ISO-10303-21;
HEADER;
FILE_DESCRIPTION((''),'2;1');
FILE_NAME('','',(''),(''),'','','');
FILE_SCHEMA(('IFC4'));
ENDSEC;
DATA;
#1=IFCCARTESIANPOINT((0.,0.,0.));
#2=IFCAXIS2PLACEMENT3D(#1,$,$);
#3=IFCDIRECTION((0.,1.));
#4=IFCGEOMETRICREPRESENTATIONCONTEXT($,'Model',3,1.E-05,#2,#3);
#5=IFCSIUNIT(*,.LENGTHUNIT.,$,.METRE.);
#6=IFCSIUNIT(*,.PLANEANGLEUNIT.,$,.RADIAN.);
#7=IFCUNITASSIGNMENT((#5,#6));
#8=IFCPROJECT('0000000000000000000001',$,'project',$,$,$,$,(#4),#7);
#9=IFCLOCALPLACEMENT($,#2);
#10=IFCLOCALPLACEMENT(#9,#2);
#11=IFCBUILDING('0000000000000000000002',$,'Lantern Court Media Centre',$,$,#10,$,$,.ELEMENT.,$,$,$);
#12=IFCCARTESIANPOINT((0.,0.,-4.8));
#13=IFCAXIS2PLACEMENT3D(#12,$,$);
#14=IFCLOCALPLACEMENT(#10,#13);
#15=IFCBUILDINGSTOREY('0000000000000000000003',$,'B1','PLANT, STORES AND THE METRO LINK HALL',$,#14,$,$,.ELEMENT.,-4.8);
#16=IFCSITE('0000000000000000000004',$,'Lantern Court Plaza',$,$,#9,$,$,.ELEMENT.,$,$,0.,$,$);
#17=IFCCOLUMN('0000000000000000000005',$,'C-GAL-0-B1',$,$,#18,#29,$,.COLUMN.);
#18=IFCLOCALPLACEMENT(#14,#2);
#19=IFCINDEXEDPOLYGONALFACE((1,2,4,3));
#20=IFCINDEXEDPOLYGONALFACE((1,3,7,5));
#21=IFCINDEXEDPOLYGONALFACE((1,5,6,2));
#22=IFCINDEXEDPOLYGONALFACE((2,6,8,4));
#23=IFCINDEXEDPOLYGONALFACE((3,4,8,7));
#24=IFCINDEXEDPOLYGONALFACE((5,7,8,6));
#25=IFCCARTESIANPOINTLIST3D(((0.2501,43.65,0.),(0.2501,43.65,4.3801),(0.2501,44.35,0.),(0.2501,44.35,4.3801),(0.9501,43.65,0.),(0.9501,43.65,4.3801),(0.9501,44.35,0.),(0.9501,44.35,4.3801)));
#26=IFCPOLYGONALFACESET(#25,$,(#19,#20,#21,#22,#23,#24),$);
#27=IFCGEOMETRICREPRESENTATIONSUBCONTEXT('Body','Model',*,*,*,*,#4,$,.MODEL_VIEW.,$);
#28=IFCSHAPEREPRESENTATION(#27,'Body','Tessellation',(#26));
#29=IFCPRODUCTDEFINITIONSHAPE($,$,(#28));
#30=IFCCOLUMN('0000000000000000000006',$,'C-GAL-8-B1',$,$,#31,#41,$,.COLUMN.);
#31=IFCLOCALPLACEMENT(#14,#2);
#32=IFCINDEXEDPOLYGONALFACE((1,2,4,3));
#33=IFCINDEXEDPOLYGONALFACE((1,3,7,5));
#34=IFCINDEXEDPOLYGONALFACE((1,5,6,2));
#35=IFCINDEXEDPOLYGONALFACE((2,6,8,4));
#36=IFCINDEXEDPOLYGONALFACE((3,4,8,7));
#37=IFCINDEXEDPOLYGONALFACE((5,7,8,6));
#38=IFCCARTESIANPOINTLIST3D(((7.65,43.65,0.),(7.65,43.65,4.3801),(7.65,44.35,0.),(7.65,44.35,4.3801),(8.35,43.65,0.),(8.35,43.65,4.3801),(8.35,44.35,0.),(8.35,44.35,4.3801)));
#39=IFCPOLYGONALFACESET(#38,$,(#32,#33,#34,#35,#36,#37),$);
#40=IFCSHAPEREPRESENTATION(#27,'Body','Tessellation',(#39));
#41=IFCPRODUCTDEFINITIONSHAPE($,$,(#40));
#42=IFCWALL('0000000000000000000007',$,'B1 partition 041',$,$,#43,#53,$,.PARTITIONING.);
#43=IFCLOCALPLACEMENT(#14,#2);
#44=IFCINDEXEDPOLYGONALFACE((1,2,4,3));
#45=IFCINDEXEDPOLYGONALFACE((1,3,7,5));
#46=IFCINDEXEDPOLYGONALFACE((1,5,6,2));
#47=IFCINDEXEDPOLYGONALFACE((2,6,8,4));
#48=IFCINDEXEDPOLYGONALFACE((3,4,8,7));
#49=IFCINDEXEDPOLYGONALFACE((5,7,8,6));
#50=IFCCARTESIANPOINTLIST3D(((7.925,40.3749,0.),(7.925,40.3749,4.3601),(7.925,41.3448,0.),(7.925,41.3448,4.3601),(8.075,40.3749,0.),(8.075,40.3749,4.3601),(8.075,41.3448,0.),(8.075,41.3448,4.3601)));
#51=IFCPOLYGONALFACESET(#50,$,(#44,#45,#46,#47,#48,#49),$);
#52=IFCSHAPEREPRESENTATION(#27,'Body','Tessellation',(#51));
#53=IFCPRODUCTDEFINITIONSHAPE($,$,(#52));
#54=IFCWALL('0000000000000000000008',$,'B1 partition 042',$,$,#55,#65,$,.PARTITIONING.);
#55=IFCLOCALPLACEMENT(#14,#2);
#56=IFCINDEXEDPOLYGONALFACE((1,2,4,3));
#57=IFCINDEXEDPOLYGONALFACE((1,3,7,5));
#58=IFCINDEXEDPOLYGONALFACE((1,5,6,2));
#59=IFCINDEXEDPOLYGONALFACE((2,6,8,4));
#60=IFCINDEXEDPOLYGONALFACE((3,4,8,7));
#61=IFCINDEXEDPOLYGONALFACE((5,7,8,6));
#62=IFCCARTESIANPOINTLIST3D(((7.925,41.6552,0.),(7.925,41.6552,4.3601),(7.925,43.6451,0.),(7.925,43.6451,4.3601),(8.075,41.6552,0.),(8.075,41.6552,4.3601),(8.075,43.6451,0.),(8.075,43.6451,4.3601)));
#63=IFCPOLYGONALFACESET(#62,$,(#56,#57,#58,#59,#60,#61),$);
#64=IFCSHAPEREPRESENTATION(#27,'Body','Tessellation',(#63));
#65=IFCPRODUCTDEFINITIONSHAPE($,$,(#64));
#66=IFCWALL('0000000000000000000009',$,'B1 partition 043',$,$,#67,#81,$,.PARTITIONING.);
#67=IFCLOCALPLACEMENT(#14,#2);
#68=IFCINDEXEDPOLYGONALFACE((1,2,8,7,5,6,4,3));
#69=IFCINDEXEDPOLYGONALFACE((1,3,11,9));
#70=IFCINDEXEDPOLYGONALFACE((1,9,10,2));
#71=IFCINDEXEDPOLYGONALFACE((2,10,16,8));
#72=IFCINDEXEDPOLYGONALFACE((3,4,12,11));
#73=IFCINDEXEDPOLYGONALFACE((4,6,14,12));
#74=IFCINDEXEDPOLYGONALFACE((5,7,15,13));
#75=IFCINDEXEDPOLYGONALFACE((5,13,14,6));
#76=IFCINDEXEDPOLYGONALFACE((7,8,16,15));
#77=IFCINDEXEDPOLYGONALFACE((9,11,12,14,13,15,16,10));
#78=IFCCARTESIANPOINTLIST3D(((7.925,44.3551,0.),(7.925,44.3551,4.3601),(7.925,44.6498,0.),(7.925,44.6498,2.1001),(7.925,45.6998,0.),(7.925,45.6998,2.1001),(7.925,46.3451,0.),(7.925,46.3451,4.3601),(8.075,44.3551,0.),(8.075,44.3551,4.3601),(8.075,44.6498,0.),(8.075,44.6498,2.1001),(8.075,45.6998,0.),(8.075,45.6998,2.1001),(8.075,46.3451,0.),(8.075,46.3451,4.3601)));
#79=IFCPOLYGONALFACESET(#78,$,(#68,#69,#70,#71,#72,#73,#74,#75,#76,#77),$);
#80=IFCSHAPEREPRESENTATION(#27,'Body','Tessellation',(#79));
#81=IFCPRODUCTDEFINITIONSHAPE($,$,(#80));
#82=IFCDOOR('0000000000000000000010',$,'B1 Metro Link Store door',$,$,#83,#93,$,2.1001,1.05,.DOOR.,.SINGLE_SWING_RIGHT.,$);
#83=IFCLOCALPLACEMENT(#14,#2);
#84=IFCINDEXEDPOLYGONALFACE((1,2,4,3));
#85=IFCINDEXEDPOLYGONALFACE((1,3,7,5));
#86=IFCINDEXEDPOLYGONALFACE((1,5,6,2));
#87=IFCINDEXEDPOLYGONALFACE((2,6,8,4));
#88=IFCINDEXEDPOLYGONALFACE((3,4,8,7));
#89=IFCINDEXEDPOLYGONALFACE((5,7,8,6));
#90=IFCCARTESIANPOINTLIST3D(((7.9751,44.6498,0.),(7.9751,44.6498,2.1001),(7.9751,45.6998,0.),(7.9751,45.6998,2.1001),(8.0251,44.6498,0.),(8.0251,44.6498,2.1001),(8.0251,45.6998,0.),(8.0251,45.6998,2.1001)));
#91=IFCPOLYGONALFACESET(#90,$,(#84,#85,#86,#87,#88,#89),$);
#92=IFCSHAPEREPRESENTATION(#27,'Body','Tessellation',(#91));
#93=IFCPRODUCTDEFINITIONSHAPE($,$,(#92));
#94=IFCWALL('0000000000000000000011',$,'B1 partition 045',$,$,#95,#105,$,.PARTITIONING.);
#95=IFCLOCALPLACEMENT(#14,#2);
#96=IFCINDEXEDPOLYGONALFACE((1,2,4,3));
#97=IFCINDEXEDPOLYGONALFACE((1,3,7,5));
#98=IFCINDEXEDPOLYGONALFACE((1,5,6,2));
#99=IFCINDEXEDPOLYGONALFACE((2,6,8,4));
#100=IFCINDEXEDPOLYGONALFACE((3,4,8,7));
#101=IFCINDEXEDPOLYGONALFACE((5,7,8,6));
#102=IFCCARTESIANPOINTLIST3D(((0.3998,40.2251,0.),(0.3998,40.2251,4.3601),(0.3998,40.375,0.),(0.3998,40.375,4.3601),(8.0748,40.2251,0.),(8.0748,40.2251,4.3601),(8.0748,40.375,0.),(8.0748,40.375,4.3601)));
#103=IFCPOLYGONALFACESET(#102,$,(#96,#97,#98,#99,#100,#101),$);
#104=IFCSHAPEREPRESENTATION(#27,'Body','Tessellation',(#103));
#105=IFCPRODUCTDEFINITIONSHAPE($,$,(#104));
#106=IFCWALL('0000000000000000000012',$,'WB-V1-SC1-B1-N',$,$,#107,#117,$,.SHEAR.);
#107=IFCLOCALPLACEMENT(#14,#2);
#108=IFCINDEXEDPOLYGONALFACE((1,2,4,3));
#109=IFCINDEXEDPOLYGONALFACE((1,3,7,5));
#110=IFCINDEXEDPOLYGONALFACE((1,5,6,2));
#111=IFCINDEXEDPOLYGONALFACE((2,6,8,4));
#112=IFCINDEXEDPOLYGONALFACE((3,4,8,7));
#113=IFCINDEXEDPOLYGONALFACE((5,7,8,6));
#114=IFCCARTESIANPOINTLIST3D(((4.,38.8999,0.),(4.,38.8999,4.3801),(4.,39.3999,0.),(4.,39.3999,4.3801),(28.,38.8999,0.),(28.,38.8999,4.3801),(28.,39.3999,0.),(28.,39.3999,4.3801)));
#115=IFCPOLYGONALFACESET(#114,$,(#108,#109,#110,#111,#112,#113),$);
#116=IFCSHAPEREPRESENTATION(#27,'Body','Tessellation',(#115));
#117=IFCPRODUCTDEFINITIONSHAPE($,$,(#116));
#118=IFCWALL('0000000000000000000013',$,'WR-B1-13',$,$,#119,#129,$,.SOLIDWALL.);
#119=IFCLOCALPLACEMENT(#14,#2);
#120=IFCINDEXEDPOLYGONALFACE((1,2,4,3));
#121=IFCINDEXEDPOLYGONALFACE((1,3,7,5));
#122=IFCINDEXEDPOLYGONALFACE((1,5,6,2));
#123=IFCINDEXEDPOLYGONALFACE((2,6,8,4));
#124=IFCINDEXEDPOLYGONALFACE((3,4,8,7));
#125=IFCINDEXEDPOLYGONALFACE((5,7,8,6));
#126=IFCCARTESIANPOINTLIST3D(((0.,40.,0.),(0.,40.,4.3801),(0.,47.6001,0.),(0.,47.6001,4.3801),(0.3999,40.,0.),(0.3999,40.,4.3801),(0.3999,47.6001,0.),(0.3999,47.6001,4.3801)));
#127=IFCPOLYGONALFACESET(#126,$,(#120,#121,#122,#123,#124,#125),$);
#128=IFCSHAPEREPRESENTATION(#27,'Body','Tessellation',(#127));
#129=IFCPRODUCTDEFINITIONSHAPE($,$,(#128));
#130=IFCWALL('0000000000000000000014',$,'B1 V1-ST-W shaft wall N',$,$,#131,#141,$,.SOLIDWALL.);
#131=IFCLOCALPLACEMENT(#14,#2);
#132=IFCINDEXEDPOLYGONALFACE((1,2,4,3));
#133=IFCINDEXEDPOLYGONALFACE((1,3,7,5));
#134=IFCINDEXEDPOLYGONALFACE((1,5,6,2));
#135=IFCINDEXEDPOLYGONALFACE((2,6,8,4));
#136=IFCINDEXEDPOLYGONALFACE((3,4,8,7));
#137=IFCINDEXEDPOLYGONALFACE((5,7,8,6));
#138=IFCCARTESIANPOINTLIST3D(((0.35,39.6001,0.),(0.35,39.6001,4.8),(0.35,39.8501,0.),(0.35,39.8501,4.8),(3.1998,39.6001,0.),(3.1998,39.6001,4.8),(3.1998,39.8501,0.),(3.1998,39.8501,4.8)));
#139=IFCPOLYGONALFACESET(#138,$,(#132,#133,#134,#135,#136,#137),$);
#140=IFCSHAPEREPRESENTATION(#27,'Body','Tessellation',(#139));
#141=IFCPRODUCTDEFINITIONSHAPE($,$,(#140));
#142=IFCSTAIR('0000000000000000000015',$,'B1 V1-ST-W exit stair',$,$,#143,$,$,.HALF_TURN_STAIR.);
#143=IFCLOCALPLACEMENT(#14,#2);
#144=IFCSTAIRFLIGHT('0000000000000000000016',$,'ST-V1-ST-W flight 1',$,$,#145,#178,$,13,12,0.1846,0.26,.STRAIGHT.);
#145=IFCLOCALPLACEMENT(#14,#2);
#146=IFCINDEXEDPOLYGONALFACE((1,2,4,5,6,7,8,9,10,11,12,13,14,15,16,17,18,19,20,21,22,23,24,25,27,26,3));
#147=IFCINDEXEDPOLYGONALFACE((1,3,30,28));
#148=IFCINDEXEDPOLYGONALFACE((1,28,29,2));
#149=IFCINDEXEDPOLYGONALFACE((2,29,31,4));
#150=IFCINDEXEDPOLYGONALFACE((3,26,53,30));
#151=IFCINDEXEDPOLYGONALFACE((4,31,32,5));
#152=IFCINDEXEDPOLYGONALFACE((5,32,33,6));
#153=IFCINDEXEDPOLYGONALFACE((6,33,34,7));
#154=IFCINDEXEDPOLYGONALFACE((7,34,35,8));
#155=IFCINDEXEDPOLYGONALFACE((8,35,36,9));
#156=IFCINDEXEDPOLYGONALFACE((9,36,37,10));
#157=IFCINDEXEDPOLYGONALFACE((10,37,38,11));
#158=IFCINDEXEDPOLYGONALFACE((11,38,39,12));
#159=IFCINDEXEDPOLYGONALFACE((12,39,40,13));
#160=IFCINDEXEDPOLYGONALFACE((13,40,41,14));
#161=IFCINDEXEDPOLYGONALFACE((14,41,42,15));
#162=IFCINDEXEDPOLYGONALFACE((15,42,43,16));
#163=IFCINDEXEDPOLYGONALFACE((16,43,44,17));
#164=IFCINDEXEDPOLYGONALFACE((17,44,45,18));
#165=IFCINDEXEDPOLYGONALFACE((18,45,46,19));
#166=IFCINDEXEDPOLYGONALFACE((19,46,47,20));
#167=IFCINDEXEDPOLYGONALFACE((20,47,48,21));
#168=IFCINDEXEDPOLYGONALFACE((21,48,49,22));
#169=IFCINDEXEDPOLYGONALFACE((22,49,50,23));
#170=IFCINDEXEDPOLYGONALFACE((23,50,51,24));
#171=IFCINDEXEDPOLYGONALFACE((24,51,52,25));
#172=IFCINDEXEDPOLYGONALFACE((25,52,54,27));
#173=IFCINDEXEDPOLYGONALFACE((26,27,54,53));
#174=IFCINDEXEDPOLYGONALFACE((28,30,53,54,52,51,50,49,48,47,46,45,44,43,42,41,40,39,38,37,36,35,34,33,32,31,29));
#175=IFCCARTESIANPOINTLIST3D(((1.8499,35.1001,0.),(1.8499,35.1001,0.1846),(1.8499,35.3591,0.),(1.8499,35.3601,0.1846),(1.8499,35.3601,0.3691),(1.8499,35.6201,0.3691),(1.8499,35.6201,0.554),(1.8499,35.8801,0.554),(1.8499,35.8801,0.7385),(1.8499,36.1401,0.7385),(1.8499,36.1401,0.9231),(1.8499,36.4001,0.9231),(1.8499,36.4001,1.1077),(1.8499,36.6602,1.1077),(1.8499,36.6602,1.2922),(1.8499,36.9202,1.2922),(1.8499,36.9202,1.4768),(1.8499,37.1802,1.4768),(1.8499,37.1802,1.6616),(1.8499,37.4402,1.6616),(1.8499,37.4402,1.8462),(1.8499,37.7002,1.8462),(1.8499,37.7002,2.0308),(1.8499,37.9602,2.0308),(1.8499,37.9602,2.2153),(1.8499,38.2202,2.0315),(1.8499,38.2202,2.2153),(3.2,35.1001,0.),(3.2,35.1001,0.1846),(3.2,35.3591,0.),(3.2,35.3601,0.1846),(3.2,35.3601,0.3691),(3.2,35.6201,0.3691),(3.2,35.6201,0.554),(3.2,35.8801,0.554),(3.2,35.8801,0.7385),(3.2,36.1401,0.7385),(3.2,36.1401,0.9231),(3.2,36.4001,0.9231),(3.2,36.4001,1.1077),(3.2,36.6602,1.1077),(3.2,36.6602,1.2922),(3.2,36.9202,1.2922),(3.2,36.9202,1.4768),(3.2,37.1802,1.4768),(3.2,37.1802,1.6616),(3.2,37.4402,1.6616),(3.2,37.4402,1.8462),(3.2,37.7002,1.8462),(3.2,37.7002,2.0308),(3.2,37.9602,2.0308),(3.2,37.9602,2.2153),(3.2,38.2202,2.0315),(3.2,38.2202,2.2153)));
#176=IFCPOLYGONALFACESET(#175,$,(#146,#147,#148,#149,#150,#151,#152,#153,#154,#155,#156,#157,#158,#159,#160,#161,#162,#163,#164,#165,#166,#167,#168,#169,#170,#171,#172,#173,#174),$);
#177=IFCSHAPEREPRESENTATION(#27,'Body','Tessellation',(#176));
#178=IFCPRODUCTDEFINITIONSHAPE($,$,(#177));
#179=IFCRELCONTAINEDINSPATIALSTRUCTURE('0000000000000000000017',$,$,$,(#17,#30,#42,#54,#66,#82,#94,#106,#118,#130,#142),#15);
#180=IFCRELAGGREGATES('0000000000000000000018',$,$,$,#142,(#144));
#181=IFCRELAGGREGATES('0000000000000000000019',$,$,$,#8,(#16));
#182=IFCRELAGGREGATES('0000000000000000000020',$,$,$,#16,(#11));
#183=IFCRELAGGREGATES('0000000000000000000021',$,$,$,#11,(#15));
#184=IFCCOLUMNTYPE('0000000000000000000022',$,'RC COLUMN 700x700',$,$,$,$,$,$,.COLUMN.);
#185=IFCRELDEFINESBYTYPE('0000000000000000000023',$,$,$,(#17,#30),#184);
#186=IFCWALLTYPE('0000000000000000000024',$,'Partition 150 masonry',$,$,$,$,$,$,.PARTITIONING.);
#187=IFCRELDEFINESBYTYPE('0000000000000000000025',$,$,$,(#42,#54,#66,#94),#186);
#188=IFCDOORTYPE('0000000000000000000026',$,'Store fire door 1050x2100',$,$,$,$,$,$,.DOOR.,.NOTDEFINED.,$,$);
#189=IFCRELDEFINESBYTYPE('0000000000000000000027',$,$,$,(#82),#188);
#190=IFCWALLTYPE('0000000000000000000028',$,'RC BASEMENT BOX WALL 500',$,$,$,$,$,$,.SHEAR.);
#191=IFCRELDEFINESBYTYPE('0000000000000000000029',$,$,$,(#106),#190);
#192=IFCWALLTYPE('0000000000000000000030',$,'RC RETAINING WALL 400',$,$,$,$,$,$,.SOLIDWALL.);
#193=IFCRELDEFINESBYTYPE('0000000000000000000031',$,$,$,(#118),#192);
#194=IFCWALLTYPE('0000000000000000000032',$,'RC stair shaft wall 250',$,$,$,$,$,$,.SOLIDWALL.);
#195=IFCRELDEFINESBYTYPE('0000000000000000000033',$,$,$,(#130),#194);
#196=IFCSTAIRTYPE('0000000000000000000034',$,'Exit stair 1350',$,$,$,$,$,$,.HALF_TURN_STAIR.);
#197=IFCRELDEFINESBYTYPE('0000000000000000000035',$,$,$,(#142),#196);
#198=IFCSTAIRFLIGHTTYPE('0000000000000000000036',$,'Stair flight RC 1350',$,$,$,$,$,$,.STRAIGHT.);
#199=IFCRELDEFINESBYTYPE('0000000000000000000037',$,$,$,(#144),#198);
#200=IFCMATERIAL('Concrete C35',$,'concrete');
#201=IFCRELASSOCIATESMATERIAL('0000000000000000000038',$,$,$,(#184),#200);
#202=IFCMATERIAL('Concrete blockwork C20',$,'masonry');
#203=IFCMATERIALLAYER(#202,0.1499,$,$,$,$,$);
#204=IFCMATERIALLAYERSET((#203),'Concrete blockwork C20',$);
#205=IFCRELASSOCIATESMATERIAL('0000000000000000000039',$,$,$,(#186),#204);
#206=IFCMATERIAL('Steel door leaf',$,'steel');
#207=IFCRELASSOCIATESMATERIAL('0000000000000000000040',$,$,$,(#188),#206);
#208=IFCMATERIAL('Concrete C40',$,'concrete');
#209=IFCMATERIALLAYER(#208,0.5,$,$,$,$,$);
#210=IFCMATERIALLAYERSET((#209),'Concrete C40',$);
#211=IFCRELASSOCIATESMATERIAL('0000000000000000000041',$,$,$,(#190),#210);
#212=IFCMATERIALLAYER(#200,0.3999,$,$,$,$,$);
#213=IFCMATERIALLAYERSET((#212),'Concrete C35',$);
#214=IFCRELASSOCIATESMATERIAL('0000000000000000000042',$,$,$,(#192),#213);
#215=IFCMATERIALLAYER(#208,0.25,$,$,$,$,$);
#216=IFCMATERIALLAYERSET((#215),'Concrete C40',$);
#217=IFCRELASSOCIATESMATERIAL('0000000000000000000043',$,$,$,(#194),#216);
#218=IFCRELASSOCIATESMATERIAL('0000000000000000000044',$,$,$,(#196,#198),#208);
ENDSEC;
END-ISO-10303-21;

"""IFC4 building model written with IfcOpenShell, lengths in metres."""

from ifc_helpers import new_model, si_unit, direction, frame, frame_2d, origin, origin_2d, place, context, subcontext, project, spatial, polyline, rectangle, outline, extrude, material, layer, layer_set, material_profile, profile_set, type_object, element, fill, aggregate, save


model = new_model("IFC4")

# Units and contexts
model_context = context("Model", 3, precision=1e-05, world=origin(), true_north=direction((0.0, 1.0)))
body_context = subcontext(model_context, "Body", "Model", "MODEL_VIEW")
ifc_project = project(units=[si_unit("LENGTHUNIT", "METRE"), si_unit("PLANEANGLEUNIT", "RADIAN")], contexts=[model_context])

# Site, building, storey
site_placement = place(None, origin())
site = spatial("IfcSite", under=ifc_project, at=site_placement, Name="Lantern Court Plaza", CompositionType="ELEMENT", RefElevation=0.0)
building_placement = place(site_placement, origin())
building = spatial("IfcBuilding", under=site, at=building_placement, Name="Lantern Court Media Centre", CompositionType="ELEMENT")
storey_placement = place(building_placement, frame((0.0, 0.0, -4.8)))
storey = spatial("IfcBuildingStorey", under=building, at=storey_placement, Name="B1", Description="PLANT, STORES AND THE METRO LINK HALL", CompositionType="ELEMENT", Elevation=-4.8)

# Columns
ifc_material_1 = material(Name="Concrete C35", Category="concrete")
ifc_material_profile_1 = material_profile(ifc_material_1, rectangle(XDim=0.7, YDim=0.7, at=origin_2d()), Name="RC 700x700")
ifc_profile_set_1 = profile_set([ifc_material_profile_1], Name="Concrete C35")
column_type_1 = type_object("IfcColumnType", Name="RC COLUMN 700x700", PredefinedType="COLUMN", material=ifc_profile_set_1)
for number, where, z_axis, x_axis, name in (
    (1, (0.6001, 44.0, 0.0), (0.0, 0.0, 1.0), (1.0, 0.0, 0.0), "C-GAL-0-B1"),
    (2, (8.0, 44.0, 0.0), (0.0, 0.0, 1.0), (1.0, 0.0, 0.0), "C-GAL-8-B1"),
):
    element("IfcColumn", number, at=place(storey_placement, frame(where, z_axis=z_axis, x_axis=x_axis)), inside=storey, type_object=column_type_1, Name=name, PredefinedType="COLUMN", context=body_context, shape_type="SweptSolid", body=[
        extrude(rectangle(XDim=0.7, YDim=0.7, at=origin_2d()), origin(), (0.0, 0.0, 1.0), 4.3801),
    ])

# Walls
ifc_material_2 = material(Name="Concrete blockwork C20", Category="masonry")
ifc_layer_1 = layer(ifc_material_2, 0.1499)
ifc_layer_set_1 = layer_set([ifc_layer_1], Name="Concrete blockwork C20")
wall_type_1 = type_object("IfcWallType", Name="Partition 150 masonry", PredefinedType="PARTITIONING", material=ifc_layer_set_1)
wall_1_placement = place(storey_placement, frame((8.0, 40.375, 0.0), z_axis=(0.0, 0.0, 1.0), x_axis=(0.0, 1.0, 0.0)))
element("IfcWall", 3, at=wall_1_placement, inside=storey, type_object=wall_type_1, Name="B1 partition 041", PredefinedType="PARTITIONING", context=body_context, shape_type="SweptSolid", body=[
    extrude(rectangle(XDim=0.97, YDim=0.1499, at=frame_2d((0.4849, 0.0))), origin(), (0.0, 0.0, 1.0), 4.3601),
])
wall_2_placement = place(storey_placement, frame((8.0, 41.655, 0.0), z_axis=(0.0, 0.0, 1.0), x_axis=(0.0, 1.0, 0.0)))
element("IfcWall", 4, at=wall_2_placement, inside=storey, type_object=wall_type_1, Name="B1 partition 042", PredefinedType="PARTITIONING", context=body_context, shape_type="SweptSolid", body=[
    extrude(rectangle(XDim=1.99, YDim=0.1499, at=frame_2d((0.9951, 0.0))), origin(), (0.0, 0.0, 1.0), 4.3601),
])

# Wall, opening, door
wall_3_placement = place(storey_placement, frame((8.0, 44.355, 0.0), z_axis=(0.0, 0.0, 1.0), x_axis=(0.0, 1.0, 0.0)))
wall_3 = element("IfcWall", 5, at=wall_3_placement, inside=storey, type_object=wall_type_1, Name="B1 partition 043", PredefinedType="PARTITIONING", context=body_context, shape_type="SweptSolid", body=[
    extrude(rectangle(XDim=1.99, YDim=0.1499, at=frame_2d((0.9951, 0.0))), origin(), (0.0, 0.0, 1.0), 4.3601),
])
opening_placement = place(wall_3_placement, frame((0.2949, 0.0, 0.0)))
opening = element("IfcOpeningElement", 6, at=opening_placement, cuts=wall_3, PredefinedType="OPENING", context=body_context, shape_type="SweptSolid", body=[
    extrude(rectangle(XDim=1.05, YDim=2.1001, at=frame_2d((0.5249, 1.05))), frame((0.0, 0.085, 0.0), z_axis=(0.0, -1.0, 0.0), x_axis=(1.0, 0.0, 0.0)), (0.0, 0.0, 1.0), 0.1699),
])
ifc_material_3 = material(Name="Steel door leaf", Category="steel")
door_type = type_object("IfcDoorType", Name="Store fire door 1050x2100", OperationType="NOTDEFINED", PredefinedType="DOOR", material=ifc_material_3)
door_placement = place(opening_placement, origin())
door = element("IfcDoor", 7, at=door_placement, inside=storey, type_object=door_type, Name="B1 Metro Link Store door", OperationType="SINGLE_SWING_RIGHT", OverallHeight=2.1001, OverallWidth=1.05, PredefinedType="DOOR", context=body_context, shape_type="SweptSolid", body=[
    extrude(rectangle(XDim=1.05, YDim=2.1001, at=frame_2d((0.5249, 1.05))), frame((0.0, 0.0249, 0.0), z_axis=(0.0, -1.0, 0.0), x_axis=(1.0, 0.0, 0.0)), (0.0, 0.0, 1.0), 0.05),
])
fill(opening, door)

# Walls
wall_4_placement = place(storey_placement, frame((0.3999, 40.3, 0.0), z_axis=(0.0, 0.0, 1.0), x_axis=(1.0, 0.0, 0.0)))
element("IfcWall", 8, at=wall_4_placement, inside=storey, type_object=wall_type_1, Name="B1 partition 045", PredefinedType="PARTITIONING", context=body_context, shape_type="SweptSolid", body=[
    extrude(rectangle(XDim=7.675, YDim=0.1499, at=frame_2d((3.8374, 0.0))), origin(), (0.0, 0.0, 1.0), 4.3601),
])
ifc_material_4 = material(Name="Concrete C40", Category="concrete")
ifc_layer_2 = layer(ifc_material_4, 0.5)
ifc_layer_set_2 = layer_set([ifc_layer_2], Name="Concrete C40")
wall_type_2 = type_object("IfcWallType", Name="RC BASEMENT BOX WALL 500", PredefinedType="SHEAR", material=ifc_layer_set_2)
wall_5_placement = place(storey_placement, frame((4.0, 39.1499, 0.0), z_axis=(0.0, 0.0, 1.0), x_axis=(1.0, 0.0, 0.0)))
element("IfcWall", 9, at=wall_5_placement, inside=storey, type_object=wall_type_2, Name="WB-V1-SC1-B1-N", PredefinedType="SHEAR", context=body_context, shape_type="SweptSolid", body=[
    extrude(rectangle(XDim=24.0, YDim=0.5, at=frame_2d((12.0, 0.0))), origin(), (0.0, 0.0, 1.0), 4.3801),
])
ifc_layer_3 = layer(ifc_material_1, 0.3999)
ifc_layer_set_3 = layer_set([ifc_layer_3], Name="Concrete C35")
wall_type_3 = type_object("IfcWallType", Name="RC RETAINING WALL 400", PredefinedType="SOLIDWALL", material=ifc_layer_set_3)
wall_6_placement = place(storey_placement, frame((0.2, 40.0, 0.0), z_axis=(0.0, 0.0, 1.0), x_axis=(0.0, 1.0, 0.0)))
element("IfcWall", 10, at=wall_6_placement, inside=storey, type_object=wall_type_3, Name="WR-B1-13", PredefinedType="SOLIDWALL", context=body_context, shape_type="SweptSolid", body=[
    extrude(rectangle(XDim=7.6001, YDim=0.3999, at=frame_2d((3.8, 0.0))), origin(), (0.0, 0.0, 1.0), 4.3801),
])
ifc_layer_4 = layer(ifc_material_4, 0.25)
ifc_layer_set_4 = layer_set([ifc_layer_4], Name="Concrete C40")
wall_type_4 = type_object("IfcWallType", Name="RC stair shaft wall 250", PredefinedType="SOLIDWALL", material=ifc_layer_set_4)
wall_7_placement = place(storey_placement, frame((0.3501, 39.7251, 0.0), z_axis=(0.0, 0.0, 1.0), x_axis=(1.0, 0.0, 0.0)))
element("IfcWall", 11, at=wall_7_placement, inside=storey, type_object=wall_type_4, Name="B1 V1-ST-W shaft wall N", PredefinedType="SOLIDWALL", context=body_context, shape_type="SweptSolid", body=[
    extrude(rectangle(XDim=2.8499, YDim=0.25, at=frame_2d((1.4248, 0.0))), origin(), (0.0, 0.0, 1.0), 4.8),
])

# Stair, stair flight
stair_type = type_object("IfcStairType", Name="Exit stair 1350", PredefinedType="HALF_TURN_STAIR", material=ifc_material_4)
stair_placement = place(storey_placement, origin())
stair = element("IfcStair", 12, at=stair_placement, inside=storey, type_object=stair_type, Name="B1 V1-ST-W exit stair", PredefinedType="HALF_TURN_STAIR")
stair_flight_type = type_object("IfcStairFlightType", Name="Stair flight RC 1350", PredefinedType="STRAIGHT", material=ifc_material_4)
stair_flight_1_placement = place(storey_placement, frame((2.5249, 35.1001, 0.0), z_axis=(0.0, 0.0, 1.0), x_axis=(0.0, 1.0, 0.0)))
stair_flight_1 = element("IfcStairFlight", 13, at=stair_flight_1_placement, type_object=stair_flight_type, Name="ST-V1-ST-W flight 1", NumberOfRisers=13, NumberOfTreads=12, PredefinedType="STRAIGHT", RiserHeight=0.1846, TreadLength=0.26, context=body_context, shape_type="SweptSolid", body=[
    extrude(outline(polyline([(0.0, 0.0), (0.0, 0.1846), (0.26, 0.1846), (0.26, 0.3691), (0.52, 0.3691), (0.52, 0.554), (0.78, 0.554), (0.78, 0.7385), (1.04, 0.7385), (1.04, 0.9231), (1.3, 0.9231), (1.3, 1.1077), (1.5601, 1.1077), (1.5601, 1.2922), (1.8201, 1.2922), (1.8201, 1.4768), (2.0801, 1.4768), (2.0801, 1.6616), (2.3401, 1.6616), (2.3401, 1.8462), (2.6001, 1.8462), (2.6001, 2.0308), (2.8601, 2.0308), (2.8601, 2.2153), (3.1201, 2.2153), (3.1201, 2.3999), (3.1201, 2.0315), (0.259, 0.0), (0.0, 0.0)])), frame((0.0, 0.675, 0.0), z_axis=(0.0, -1.0, 0.0), x_axis=(1.0, 0.0, 0.0)), (0.0, 0.0, 1.0), 1.3501),
])
aggregate(stair, [stair_flight_1])

save(model, "model.ifc")
